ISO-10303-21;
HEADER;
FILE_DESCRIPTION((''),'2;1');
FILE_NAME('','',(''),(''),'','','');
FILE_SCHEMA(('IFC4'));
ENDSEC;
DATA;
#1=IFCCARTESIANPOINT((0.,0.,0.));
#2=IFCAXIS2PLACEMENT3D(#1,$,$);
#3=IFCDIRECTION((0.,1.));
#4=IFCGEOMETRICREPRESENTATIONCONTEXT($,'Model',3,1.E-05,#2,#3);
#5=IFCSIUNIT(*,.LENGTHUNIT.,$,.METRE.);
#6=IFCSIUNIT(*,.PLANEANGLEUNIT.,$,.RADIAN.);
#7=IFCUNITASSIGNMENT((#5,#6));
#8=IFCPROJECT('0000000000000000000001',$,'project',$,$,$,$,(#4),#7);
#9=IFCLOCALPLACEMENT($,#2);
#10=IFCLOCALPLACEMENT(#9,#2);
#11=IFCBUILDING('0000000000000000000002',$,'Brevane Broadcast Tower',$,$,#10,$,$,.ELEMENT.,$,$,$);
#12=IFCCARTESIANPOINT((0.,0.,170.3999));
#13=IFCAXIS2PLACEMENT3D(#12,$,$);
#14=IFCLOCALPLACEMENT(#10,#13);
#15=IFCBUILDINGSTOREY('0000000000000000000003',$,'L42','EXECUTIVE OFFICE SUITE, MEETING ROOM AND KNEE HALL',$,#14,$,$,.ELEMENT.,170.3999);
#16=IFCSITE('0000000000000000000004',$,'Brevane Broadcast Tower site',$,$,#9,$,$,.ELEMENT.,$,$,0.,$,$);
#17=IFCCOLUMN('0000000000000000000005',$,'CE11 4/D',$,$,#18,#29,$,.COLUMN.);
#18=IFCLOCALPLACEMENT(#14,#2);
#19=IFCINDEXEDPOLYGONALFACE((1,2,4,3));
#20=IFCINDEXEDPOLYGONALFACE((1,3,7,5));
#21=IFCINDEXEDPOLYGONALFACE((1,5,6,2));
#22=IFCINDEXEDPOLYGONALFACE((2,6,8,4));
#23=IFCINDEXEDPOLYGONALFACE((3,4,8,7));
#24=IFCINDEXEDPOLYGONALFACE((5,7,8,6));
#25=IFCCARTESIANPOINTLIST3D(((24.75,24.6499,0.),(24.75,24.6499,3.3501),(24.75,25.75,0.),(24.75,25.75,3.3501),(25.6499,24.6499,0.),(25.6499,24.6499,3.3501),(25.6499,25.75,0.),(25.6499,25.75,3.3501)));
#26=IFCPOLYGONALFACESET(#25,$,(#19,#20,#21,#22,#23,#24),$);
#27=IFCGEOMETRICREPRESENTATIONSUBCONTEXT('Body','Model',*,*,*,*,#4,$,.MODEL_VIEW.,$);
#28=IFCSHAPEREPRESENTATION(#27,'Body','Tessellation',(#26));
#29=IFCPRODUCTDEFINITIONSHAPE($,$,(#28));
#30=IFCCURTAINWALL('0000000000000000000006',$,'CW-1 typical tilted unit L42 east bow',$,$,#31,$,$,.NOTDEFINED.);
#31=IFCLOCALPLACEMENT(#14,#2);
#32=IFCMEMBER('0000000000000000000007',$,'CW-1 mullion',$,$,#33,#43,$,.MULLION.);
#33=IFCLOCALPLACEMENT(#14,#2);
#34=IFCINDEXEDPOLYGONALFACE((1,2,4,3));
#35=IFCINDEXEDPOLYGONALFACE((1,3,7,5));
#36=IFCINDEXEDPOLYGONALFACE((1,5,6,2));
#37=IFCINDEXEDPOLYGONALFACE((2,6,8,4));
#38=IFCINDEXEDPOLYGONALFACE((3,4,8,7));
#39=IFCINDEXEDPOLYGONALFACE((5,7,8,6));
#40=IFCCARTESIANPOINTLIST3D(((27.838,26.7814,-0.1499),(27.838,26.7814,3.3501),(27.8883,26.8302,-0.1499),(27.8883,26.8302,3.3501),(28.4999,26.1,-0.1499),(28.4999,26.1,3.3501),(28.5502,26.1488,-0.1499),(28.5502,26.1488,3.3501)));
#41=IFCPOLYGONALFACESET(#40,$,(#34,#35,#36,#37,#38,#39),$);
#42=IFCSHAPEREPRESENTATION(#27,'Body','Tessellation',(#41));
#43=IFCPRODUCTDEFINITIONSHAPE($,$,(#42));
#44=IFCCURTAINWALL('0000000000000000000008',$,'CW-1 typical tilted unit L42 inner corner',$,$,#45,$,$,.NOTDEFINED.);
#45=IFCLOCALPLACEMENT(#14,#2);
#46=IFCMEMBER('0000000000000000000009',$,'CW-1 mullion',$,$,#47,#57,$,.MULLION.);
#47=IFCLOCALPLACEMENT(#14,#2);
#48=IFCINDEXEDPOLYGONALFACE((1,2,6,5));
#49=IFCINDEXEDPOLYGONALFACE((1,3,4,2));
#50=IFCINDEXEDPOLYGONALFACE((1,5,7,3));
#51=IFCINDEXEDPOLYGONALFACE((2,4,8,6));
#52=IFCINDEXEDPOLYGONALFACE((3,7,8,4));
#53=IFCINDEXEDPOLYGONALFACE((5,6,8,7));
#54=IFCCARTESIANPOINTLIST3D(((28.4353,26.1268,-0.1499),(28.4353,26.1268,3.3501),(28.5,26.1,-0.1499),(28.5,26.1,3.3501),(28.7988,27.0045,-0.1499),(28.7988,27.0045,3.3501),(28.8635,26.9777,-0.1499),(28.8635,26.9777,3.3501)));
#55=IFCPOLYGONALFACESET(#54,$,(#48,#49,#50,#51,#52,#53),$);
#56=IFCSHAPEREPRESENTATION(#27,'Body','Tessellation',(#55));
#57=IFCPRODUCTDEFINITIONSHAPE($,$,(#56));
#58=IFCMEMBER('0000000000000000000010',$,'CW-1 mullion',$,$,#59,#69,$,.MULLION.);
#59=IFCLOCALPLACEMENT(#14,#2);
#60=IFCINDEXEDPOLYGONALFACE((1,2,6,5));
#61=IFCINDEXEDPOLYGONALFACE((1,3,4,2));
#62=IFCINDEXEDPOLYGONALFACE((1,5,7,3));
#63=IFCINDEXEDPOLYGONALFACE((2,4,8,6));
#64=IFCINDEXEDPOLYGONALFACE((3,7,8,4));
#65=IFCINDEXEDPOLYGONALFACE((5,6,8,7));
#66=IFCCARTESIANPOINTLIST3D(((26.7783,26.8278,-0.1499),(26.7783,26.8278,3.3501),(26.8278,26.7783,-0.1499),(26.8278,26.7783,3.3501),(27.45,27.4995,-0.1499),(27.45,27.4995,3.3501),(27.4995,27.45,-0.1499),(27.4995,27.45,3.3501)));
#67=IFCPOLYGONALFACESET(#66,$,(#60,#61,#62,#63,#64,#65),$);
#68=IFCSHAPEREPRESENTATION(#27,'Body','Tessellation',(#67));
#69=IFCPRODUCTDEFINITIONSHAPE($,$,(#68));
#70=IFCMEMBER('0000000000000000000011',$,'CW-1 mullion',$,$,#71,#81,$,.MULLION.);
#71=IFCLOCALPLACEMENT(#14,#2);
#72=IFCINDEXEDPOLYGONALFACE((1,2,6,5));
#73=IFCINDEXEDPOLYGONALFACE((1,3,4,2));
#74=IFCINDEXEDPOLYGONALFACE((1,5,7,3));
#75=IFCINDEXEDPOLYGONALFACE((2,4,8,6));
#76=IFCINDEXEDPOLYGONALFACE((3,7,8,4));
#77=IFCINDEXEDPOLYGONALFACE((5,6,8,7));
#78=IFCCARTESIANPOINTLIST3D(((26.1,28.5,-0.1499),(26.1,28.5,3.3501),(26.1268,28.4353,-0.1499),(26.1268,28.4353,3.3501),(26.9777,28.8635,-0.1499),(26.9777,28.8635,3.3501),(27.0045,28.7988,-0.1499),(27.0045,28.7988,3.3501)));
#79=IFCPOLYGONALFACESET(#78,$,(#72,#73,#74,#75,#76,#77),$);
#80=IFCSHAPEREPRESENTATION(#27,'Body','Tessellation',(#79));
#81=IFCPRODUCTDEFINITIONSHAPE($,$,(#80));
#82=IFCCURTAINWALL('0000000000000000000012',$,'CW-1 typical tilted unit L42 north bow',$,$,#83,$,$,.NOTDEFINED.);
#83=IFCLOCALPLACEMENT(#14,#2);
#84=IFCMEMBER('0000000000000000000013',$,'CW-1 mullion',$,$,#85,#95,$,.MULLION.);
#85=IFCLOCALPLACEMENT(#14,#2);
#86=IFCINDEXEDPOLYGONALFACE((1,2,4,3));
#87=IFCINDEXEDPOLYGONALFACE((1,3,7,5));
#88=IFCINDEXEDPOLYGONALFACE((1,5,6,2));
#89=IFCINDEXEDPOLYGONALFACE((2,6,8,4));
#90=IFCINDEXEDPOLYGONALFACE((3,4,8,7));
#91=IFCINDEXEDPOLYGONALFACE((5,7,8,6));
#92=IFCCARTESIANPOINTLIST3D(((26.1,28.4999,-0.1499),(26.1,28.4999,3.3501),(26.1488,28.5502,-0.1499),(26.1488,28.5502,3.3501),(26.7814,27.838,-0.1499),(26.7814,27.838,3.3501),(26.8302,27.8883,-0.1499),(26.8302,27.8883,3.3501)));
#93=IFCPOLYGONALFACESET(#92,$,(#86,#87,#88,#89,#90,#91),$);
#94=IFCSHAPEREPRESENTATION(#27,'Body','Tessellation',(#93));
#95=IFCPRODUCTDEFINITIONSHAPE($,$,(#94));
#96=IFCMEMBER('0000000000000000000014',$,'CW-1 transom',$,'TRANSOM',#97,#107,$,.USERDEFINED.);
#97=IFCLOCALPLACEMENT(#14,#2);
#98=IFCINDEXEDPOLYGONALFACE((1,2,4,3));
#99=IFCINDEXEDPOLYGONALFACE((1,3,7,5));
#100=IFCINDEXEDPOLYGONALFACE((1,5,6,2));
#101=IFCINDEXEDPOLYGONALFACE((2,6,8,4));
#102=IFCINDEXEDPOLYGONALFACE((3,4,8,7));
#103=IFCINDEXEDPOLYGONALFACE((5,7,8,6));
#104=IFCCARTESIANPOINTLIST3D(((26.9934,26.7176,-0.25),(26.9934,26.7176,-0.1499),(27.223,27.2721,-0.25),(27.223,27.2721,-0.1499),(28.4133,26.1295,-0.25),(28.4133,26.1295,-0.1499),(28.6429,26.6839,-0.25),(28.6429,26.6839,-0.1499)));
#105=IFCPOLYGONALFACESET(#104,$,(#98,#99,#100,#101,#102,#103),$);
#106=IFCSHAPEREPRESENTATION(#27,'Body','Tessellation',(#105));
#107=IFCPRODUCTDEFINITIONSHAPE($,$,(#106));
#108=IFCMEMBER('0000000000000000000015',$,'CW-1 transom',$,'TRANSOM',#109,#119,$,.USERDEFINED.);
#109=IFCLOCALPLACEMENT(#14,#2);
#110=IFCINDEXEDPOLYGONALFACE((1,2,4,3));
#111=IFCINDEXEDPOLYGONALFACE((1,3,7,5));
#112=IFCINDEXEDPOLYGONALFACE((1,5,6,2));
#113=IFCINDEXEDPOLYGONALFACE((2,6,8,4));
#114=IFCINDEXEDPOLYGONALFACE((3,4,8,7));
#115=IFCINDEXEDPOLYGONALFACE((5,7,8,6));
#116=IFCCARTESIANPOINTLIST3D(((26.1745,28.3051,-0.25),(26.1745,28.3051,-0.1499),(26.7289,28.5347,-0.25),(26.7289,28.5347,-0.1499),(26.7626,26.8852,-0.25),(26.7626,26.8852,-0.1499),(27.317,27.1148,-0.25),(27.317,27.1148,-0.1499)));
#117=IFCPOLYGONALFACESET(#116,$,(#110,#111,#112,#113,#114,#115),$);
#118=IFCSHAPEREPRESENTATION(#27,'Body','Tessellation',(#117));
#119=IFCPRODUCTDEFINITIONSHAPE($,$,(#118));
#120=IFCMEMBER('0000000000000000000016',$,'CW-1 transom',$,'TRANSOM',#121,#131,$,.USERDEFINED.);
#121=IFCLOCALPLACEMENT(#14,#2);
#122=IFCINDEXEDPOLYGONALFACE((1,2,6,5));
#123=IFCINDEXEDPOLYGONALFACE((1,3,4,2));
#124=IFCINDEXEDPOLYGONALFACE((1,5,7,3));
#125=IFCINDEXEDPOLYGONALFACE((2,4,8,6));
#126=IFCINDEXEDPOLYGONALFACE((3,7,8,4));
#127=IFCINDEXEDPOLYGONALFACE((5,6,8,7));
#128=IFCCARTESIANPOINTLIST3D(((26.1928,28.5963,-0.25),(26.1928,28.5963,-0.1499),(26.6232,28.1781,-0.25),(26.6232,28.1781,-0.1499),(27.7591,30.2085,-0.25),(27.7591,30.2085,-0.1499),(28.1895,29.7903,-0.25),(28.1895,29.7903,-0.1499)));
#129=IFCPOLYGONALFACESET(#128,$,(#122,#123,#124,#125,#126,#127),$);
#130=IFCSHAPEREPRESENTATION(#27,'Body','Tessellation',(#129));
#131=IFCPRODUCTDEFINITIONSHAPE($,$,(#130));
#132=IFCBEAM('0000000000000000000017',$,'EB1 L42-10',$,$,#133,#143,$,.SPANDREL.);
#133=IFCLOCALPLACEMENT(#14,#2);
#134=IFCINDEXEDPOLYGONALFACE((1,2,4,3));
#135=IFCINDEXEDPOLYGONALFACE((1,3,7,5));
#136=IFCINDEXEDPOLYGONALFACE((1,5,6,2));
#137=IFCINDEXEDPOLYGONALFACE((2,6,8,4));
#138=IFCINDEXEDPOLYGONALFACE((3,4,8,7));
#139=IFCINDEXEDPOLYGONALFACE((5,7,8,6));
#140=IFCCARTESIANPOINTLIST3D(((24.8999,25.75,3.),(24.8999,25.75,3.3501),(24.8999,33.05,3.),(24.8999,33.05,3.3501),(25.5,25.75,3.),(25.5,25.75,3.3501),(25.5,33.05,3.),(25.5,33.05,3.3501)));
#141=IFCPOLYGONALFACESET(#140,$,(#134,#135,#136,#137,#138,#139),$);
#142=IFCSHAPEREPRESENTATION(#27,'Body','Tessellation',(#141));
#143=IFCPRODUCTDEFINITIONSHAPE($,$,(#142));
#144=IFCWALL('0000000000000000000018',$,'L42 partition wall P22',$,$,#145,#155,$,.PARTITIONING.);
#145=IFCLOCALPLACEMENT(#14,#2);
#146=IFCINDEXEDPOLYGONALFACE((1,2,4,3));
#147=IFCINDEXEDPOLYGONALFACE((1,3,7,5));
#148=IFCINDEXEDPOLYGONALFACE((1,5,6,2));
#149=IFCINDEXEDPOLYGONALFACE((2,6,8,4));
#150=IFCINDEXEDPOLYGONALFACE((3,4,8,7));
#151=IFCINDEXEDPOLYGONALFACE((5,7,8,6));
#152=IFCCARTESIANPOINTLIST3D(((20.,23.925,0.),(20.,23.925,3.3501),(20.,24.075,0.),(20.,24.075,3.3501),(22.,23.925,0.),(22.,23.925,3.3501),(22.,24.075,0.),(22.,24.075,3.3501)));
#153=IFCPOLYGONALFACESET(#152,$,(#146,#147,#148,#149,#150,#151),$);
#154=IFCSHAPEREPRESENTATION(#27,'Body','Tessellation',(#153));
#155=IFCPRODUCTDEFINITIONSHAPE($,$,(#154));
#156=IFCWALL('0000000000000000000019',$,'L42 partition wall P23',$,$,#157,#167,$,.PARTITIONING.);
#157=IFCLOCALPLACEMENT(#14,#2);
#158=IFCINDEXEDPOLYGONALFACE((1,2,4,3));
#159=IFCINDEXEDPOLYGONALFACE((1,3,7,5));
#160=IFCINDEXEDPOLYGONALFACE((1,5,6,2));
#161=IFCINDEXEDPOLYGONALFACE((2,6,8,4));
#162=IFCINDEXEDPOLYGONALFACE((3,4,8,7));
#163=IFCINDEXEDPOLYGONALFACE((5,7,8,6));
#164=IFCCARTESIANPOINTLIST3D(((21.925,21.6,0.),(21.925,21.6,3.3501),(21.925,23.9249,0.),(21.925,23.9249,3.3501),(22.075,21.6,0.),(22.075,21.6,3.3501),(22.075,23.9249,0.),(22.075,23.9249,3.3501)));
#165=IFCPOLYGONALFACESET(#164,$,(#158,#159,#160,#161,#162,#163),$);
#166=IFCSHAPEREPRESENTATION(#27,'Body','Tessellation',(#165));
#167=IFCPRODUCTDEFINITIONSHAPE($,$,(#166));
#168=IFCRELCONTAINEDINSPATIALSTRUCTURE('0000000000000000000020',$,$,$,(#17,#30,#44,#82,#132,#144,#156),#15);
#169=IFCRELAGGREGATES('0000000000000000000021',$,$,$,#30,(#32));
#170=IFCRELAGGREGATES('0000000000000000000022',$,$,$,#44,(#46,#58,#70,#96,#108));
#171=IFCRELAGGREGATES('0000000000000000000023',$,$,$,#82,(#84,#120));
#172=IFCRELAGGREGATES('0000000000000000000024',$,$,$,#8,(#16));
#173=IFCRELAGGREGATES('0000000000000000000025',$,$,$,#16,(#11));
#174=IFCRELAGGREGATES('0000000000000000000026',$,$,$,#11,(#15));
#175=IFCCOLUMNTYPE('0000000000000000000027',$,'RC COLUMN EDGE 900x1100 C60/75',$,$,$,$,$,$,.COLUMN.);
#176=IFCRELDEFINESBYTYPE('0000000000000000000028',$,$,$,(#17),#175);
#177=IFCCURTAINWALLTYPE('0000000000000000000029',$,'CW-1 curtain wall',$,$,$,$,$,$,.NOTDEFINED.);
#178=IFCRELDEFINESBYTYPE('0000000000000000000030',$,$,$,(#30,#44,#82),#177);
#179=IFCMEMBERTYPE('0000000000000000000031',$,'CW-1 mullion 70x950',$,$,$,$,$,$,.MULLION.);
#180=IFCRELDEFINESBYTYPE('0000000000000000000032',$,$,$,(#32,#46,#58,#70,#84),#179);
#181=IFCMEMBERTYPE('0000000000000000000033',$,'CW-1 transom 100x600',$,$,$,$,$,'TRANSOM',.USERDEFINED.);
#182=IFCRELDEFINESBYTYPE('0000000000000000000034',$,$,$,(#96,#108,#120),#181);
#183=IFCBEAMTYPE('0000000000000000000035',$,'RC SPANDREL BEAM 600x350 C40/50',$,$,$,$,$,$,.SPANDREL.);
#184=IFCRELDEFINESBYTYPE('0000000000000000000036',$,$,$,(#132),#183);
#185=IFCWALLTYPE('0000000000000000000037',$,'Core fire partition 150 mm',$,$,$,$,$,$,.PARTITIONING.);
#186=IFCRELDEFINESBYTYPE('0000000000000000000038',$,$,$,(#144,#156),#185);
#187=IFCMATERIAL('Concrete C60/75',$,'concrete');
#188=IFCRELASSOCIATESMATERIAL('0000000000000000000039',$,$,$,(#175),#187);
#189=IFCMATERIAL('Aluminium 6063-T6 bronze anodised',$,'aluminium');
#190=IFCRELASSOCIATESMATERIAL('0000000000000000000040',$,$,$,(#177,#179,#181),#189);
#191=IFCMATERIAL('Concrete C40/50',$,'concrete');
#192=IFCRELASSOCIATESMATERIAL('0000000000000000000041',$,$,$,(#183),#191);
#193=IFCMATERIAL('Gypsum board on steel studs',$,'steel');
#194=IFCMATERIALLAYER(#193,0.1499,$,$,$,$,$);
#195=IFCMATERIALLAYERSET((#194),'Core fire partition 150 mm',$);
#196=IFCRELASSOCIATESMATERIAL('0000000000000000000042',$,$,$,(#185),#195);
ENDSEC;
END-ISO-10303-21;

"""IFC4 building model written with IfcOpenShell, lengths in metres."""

from ifc_helpers import new_model, si_unit, direction, frame, frame_2d, origin, origin_2d, place, context, subcontext, project, spatial, rectangle, extrude, material, layer, layer_set, material_profile, profile_set, type_object, element, aggregate, save


model = new_model("IFC4")

# Units and contexts
model_context = context("Model", 3, precision=1e-05, world=origin(), true_north=direction((0.0, 1.0)))
body_context = subcontext(model_context, "Body", "Model", "MODEL_VIEW")
ifc_project = project(units=[si_unit("LENGTHUNIT", "METRE"), si_unit("PLANEANGLEUNIT", "RADIAN")], contexts=[model_context])

# Site, building, storey
site_placement = place(None, origin())
site = spatial("IfcSite", under=ifc_project, at=site_placement, Name="Brevane Broadcast Tower site", CompositionType="ELEMENT", RefElevation=0.0)
building_placement = place(site_placement, origin())
building = spatial("IfcBuilding", under=site, at=building_placement, Name="Brevane Broadcast Tower", CompositionType="ELEMENT")
storey_placement = place(building_placement, frame((0.0, 0.0, 170.3999)))
storey = spatial("IfcBuildingStorey", under=building, at=storey_placement, Name="L42", Description="EXECUTIVE OFFICE SUITE, MEETING ROOM AND KNEE HALL", CompositionType="ELEMENT", Elevation=170.3999)

# Column
ifc_material_1 = material(Name="Concrete C60/75", Category="concrete")
ifc_material_profile_1 = material_profile(ifc_material_1, rectangle(XDim=0.8999, YDim=1.1001, at=origin_2d()), Name="RC 900x1100")
ifc_profile_set_1 = profile_set([ifc_material_profile_1], Name="Concrete C60/75")
column_type = type_object("IfcColumnType", Name="RC COLUMN EDGE 900x1100 C60/75", PredefinedType="COLUMN", material=ifc_profile_set_1)
column_placement = place(storey_placement, frame((25.2, 25.2, 0.0), z_axis=(0.0, 0.0, 1.0), x_axis=(1.0, 0.0, 0.0)))
element("IfcColumn", 1, at=column_placement, inside=storey, type_object=column_type, Name="CE11 4/D", PredefinedType="COLUMN", context=body_context, shape_type="SweptSolid", body=[
    extrude(rectangle(XDim=0.8999, YDim=1.1001, at=origin_2d()), origin(), (0.0, 0.0, 1.0), 3.3501),
])

# Curtain wall, member
ifc_material_2 = material(Name="Aluminium 6063-T6 bronze anodised", Category="aluminium")
curtain_wall_type = type_object("IfcCurtainWallType", Name="CW-1 curtain wall", PredefinedType="NOTDEFINED", material=ifc_material_2)
curtain_wall_1_placement = place(storey_placement, origin())
curtain_wall_1 = element("IfcCurtainWall", 2, at=curtain_wall_1_placement, inside=storey, type_object=curtain_wall_type, Name="CW-1 typical tilted unit L42 east bow", PredefinedType="NOTDEFINED")
ifc_material_profile_2 = material_profile(ifc_material_2, rectangle(XDim=0.95, YDim=0.0701, at=origin_2d()), Name="RECT 70x950")
ifc_profile_set_2 = profile_set([ifc_material_profile_2], Name="Aluminium 6063-T6 bronze anodised")
member_type_1 = type_object("IfcMemberType", Name="CW-1 mullion 70x950", PredefinedType="MULLION", material=ifc_profile_set_2)
member_1_placement = place(storey_placement, frame((28.1941, 26.4651, -0.1499), z_axis=(0.0, 0.0, 1.0), x_axis=(0.696812, -0.717254, 0.0)))
member_1 = element("IfcMember", 3, at=member_1_placement, type_object=member_type_1, Name="CW-1 mullion", PredefinedType="MULLION", context=body_context, shape_type="SweptSolid", body=[
    extrude(rectangle(XDim=0.95, YDim=0.0701, at=origin_2d()), origin(), (0.0, 0.0, 1.0), 3.5),
])
aggregate(curtain_wall_1, [member_1])

# Curtain wall, members
curtain_wall_2_placement = place(storey_placement, origin())
curtain_wall_2 = element("IfcCurtainWall", 4, at=curtain_wall_2_placement, inside=storey, type_object=curtain_wall_type, Name="CW-1 typical tilted unit L42 inner corner", PredefinedType="NOTDEFINED")
member_2_placement = place(storey_placement, frame((28.6494, 26.5522, -0.1499), z_axis=(0.0, 0.0, 1.0), x_axis=(-0.382683, -0.92388, 0.0)))
member_2 = element("IfcMember", 5, at=member_2_placement, type_object=member_type_1, Name="CW-1 mullion", PredefinedType="MULLION", context=body_context, shape_type="SweptSolid", body=[
    extrude(rectangle(XDim=0.95, YDim=0.0701, at=origin_2d()), origin(), (0.0, 0.0, 1.0), 3.5),
])
member_3_placement = place(storey_placement, frame((27.1389, 27.1389, -0.1499), z_axis=(0.0, 0.0, 1.0), x_axis=(-0.707107, -0.707107, 0.0)))
member_3 = element("IfcMember", 6, at=member_3_placement, type_object=member_type_1, Name="CW-1 mullion", PredefinedType="MULLION", context=body_context, shape_type="SweptSolid", body=[
    extrude(rectangle(XDim=0.95, YDim=0.0701, at=origin_2d()), origin(), (0.0, 0.0, 1.0), 3.5),
])
member_4_placement = place(storey_placement, frame((26.5522, 28.6494, -0.1499), z_axis=(0.0, 0.0, 1.0), x_axis=(-0.92388, -0.382683, 0.0)))
member_4 = element("IfcMember", 7, at=member_4_placement, type_object=member_type_1, Name="CW-1 mullion", PredefinedType="MULLION", context=body_context, shape_type="SweptSolid", body=[
    extrude(rectangle(XDim=0.95, YDim=0.0701, at=origin_2d()), origin(), (0.0, 0.0, 1.0), 3.5),
])

# Curtain wall, member
curtain_wall_3_placement = place(storey_placement, origin())
curtain_wall_3 = element("IfcCurtainWall", 8, at=curtain_wall_3_placement, inside=storey, type_object=curtain_wall_type, Name="CW-1 typical tilted unit L42 north bow", PredefinedType="NOTDEFINED")
member_5_placement = place(storey_placement, frame((26.4651, 28.1941, -0.1499), z_axis=(0.0, 0.0, 1.0), x_axis=(-0.717254, 0.696812, 0.0)))
member_5 = element("IfcMember", 9, at=member_5_placement, type_object=member_type_1, Name="CW-1 mullion", PredefinedType="MULLION", context=body_context, shape_type="SweptSolid", body=[
    extrude(rectangle(XDim=0.95, YDim=0.0701, at=origin_2d()), origin(), (0.0, 0.0, 1.0), 3.5),
])

# Members
ifc_material_profile_3 = material_profile(ifc_material_2, rectangle(XDim=0.6001, YDim=0.1001, at=origin_2d()), Name="RECT 100x600")
ifc_profile_set_3 = profile_set([ifc_material_profile_3], Name="Aluminium 6063-T6 bronze anodised")
member_type_2 = type_object("IfcMemberType", Name="CW-1 transom 100x600", ElementType="TRANSOM", PredefinedType="USERDEFINED", material=ifc_profile_set_3)
member_6_placement = place(storey_placement, frame((28.5281, 26.4067, -0.2), z_axis=(-0.923883, 0.382674, 0.0), x_axis=(-0.382674, -0.923883, 0.0)))
member_6 = element("IfcMember", 10, at=member_6_placement, type_object=member_type_2, Name="CW-1 transom", ObjectType="TRANSOM", PredefinedType="USERDEFINED", context=body_context, shape_type="SweptSolid", body=[
    extrude(rectangle(XDim=0.6001, YDim=0.1001, at=origin_2d()), origin(), (0.0, 0.0, 1.0), 1.5369),
])
member_7_placement = place(storey_placement, frame((27.0398, 27.0, -0.2), z_axis=(-0.382674, 0.923883, 0.0), x_axis=(-0.923883, -0.382674, 0.0)))
member_7 = element("IfcMember", 11, at=member_7_placement, type_object=member_type_2, Name="CW-1 transom", ObjectType="TRANSOM", PredefinedType="USERDEFINED", context=body_context, shape_type="SweptSolid", body=[
    extrude(rectangle(XDim=0.6001, YDim=0.1001, at=origin_2d()), origin(), (0.0, 0.0, 1.0), 1.5369),
])
aggregate(curtain_wall_2, [member_2, member_3, member_4, member_6, member_7])
member_8_placement = place(storey_placement, frame((26.408, 28.3872, -0.2), z_axis=(0.696824, 0.717242, 0.0), x_axis=(-0.717242, 0.696824, 0.0)))
member_8 = element("IfcMember", 12, at=member_8_placement, type_object=member_type_2, Name="CW-1 transom", ObjectType="TRANSOM", PredefinedType="USERDEFINED", context=body_context, shape_type="SweptSolid", body=[
    extrude(rectangle(XDim=0.6001, YDim=0.1001, at=origin_2d()), origin(), (0.0, 0.0, 1.0), 2.2478),
])
aggregate(curtain_wall_3, [member_5, member_8])

# Beam
ifc_material_3 = material(Name="Concrete C40/50", Category="concrete")
ifc_material_profile_4 = material_profile(ifc_material_3, rectangle(XDim=0.6001, YDim=0.3501, at=origin_2d()), Name="RC 600x350")
ifc_profile_set_4 = profile_set([ifc_material_profile_4], Name="Concrete C40/50")
beam_type = type_object("IfcBeamType", Name="RC SPANDREL BEAM 600x350 C40/50", PredefinedType="SPANDREL", material=ifc_profile_set_4)
beam_placement = place(storey_placement, frame((25.2, 25.75, 3.175), z_axis=(0.0, 1.0, 0.0), x_axis=(-1.0, 0.0, 0.0)))
element("IfcBeam", 13, at=beam_placement, inside=storey, type_object=beam_type, Name="EB1 L42-10", PredefinedType="SPANDREL", context=body_context, shape_type="SweptSolid", body=[
    extrude(rectangle(XDim=0.6001, YDim=0.3501, at=origin_2d()), origin(), (0.0, 0.0, 1.0), 7.3),
])

# Walls
ifc_material_4 = material(Name="Gypsum board on steel studs", Category="steel")
ifc_layer_1 = layer(ifc_material_4, 0.1499)
ifc_layer_set_1 = layer_set([ifc_layer_1], Name="Core fire partition 150 mm")
wall_type_1 = type_object("IfcWallType", Name="Core fire partition 150 mm", PredefinedType="PARTITIONING", material=ifc_layer_set_1)
wall_1_placement = place(storey_placement, frame((20.0, 24.0, 0.0), z_axis=(0.0, 0.0, 1.0), x_axis=(1.0, 0.0, 0.0)))
element("IfcWall", 14, at=wall_1_placement, inside=storey, type_object=wall_type_1, Name="L42 partition wall P22", PredefinedType="PARTITIONING", context=body_context, shape_type="SweptSolid", body=[
    extrude(rectangle(XDim=2.0, YDim=0.1499, at=frame_2d((1.0, 0.0))), origin(), (0.0, 0.0, 1.0), 3.3501),
])
wall_2_placement = place(storey_placement, frame((22.0, 23.925, 0.0), z_axis=(0.0, 0.0, 1.0), x_axis=(0.0, -1.0, 0.0)))
element("IfcWall", 15, at=wall_2_placement, inside=storey, type_object=wall_type_1, Name="L42 partition wall P23", PredefinedType="PARTITIONING", context=body_context, shape_type="SweptSolid", body=[
    extrude(rectangle(XDim=2.325, YDim=0.1499, at=frame_2d((1.1626, 0.0))), origin(), (0.0, 0.0, 1.0), 3.3501),
])

save(model, "model.ifc")
